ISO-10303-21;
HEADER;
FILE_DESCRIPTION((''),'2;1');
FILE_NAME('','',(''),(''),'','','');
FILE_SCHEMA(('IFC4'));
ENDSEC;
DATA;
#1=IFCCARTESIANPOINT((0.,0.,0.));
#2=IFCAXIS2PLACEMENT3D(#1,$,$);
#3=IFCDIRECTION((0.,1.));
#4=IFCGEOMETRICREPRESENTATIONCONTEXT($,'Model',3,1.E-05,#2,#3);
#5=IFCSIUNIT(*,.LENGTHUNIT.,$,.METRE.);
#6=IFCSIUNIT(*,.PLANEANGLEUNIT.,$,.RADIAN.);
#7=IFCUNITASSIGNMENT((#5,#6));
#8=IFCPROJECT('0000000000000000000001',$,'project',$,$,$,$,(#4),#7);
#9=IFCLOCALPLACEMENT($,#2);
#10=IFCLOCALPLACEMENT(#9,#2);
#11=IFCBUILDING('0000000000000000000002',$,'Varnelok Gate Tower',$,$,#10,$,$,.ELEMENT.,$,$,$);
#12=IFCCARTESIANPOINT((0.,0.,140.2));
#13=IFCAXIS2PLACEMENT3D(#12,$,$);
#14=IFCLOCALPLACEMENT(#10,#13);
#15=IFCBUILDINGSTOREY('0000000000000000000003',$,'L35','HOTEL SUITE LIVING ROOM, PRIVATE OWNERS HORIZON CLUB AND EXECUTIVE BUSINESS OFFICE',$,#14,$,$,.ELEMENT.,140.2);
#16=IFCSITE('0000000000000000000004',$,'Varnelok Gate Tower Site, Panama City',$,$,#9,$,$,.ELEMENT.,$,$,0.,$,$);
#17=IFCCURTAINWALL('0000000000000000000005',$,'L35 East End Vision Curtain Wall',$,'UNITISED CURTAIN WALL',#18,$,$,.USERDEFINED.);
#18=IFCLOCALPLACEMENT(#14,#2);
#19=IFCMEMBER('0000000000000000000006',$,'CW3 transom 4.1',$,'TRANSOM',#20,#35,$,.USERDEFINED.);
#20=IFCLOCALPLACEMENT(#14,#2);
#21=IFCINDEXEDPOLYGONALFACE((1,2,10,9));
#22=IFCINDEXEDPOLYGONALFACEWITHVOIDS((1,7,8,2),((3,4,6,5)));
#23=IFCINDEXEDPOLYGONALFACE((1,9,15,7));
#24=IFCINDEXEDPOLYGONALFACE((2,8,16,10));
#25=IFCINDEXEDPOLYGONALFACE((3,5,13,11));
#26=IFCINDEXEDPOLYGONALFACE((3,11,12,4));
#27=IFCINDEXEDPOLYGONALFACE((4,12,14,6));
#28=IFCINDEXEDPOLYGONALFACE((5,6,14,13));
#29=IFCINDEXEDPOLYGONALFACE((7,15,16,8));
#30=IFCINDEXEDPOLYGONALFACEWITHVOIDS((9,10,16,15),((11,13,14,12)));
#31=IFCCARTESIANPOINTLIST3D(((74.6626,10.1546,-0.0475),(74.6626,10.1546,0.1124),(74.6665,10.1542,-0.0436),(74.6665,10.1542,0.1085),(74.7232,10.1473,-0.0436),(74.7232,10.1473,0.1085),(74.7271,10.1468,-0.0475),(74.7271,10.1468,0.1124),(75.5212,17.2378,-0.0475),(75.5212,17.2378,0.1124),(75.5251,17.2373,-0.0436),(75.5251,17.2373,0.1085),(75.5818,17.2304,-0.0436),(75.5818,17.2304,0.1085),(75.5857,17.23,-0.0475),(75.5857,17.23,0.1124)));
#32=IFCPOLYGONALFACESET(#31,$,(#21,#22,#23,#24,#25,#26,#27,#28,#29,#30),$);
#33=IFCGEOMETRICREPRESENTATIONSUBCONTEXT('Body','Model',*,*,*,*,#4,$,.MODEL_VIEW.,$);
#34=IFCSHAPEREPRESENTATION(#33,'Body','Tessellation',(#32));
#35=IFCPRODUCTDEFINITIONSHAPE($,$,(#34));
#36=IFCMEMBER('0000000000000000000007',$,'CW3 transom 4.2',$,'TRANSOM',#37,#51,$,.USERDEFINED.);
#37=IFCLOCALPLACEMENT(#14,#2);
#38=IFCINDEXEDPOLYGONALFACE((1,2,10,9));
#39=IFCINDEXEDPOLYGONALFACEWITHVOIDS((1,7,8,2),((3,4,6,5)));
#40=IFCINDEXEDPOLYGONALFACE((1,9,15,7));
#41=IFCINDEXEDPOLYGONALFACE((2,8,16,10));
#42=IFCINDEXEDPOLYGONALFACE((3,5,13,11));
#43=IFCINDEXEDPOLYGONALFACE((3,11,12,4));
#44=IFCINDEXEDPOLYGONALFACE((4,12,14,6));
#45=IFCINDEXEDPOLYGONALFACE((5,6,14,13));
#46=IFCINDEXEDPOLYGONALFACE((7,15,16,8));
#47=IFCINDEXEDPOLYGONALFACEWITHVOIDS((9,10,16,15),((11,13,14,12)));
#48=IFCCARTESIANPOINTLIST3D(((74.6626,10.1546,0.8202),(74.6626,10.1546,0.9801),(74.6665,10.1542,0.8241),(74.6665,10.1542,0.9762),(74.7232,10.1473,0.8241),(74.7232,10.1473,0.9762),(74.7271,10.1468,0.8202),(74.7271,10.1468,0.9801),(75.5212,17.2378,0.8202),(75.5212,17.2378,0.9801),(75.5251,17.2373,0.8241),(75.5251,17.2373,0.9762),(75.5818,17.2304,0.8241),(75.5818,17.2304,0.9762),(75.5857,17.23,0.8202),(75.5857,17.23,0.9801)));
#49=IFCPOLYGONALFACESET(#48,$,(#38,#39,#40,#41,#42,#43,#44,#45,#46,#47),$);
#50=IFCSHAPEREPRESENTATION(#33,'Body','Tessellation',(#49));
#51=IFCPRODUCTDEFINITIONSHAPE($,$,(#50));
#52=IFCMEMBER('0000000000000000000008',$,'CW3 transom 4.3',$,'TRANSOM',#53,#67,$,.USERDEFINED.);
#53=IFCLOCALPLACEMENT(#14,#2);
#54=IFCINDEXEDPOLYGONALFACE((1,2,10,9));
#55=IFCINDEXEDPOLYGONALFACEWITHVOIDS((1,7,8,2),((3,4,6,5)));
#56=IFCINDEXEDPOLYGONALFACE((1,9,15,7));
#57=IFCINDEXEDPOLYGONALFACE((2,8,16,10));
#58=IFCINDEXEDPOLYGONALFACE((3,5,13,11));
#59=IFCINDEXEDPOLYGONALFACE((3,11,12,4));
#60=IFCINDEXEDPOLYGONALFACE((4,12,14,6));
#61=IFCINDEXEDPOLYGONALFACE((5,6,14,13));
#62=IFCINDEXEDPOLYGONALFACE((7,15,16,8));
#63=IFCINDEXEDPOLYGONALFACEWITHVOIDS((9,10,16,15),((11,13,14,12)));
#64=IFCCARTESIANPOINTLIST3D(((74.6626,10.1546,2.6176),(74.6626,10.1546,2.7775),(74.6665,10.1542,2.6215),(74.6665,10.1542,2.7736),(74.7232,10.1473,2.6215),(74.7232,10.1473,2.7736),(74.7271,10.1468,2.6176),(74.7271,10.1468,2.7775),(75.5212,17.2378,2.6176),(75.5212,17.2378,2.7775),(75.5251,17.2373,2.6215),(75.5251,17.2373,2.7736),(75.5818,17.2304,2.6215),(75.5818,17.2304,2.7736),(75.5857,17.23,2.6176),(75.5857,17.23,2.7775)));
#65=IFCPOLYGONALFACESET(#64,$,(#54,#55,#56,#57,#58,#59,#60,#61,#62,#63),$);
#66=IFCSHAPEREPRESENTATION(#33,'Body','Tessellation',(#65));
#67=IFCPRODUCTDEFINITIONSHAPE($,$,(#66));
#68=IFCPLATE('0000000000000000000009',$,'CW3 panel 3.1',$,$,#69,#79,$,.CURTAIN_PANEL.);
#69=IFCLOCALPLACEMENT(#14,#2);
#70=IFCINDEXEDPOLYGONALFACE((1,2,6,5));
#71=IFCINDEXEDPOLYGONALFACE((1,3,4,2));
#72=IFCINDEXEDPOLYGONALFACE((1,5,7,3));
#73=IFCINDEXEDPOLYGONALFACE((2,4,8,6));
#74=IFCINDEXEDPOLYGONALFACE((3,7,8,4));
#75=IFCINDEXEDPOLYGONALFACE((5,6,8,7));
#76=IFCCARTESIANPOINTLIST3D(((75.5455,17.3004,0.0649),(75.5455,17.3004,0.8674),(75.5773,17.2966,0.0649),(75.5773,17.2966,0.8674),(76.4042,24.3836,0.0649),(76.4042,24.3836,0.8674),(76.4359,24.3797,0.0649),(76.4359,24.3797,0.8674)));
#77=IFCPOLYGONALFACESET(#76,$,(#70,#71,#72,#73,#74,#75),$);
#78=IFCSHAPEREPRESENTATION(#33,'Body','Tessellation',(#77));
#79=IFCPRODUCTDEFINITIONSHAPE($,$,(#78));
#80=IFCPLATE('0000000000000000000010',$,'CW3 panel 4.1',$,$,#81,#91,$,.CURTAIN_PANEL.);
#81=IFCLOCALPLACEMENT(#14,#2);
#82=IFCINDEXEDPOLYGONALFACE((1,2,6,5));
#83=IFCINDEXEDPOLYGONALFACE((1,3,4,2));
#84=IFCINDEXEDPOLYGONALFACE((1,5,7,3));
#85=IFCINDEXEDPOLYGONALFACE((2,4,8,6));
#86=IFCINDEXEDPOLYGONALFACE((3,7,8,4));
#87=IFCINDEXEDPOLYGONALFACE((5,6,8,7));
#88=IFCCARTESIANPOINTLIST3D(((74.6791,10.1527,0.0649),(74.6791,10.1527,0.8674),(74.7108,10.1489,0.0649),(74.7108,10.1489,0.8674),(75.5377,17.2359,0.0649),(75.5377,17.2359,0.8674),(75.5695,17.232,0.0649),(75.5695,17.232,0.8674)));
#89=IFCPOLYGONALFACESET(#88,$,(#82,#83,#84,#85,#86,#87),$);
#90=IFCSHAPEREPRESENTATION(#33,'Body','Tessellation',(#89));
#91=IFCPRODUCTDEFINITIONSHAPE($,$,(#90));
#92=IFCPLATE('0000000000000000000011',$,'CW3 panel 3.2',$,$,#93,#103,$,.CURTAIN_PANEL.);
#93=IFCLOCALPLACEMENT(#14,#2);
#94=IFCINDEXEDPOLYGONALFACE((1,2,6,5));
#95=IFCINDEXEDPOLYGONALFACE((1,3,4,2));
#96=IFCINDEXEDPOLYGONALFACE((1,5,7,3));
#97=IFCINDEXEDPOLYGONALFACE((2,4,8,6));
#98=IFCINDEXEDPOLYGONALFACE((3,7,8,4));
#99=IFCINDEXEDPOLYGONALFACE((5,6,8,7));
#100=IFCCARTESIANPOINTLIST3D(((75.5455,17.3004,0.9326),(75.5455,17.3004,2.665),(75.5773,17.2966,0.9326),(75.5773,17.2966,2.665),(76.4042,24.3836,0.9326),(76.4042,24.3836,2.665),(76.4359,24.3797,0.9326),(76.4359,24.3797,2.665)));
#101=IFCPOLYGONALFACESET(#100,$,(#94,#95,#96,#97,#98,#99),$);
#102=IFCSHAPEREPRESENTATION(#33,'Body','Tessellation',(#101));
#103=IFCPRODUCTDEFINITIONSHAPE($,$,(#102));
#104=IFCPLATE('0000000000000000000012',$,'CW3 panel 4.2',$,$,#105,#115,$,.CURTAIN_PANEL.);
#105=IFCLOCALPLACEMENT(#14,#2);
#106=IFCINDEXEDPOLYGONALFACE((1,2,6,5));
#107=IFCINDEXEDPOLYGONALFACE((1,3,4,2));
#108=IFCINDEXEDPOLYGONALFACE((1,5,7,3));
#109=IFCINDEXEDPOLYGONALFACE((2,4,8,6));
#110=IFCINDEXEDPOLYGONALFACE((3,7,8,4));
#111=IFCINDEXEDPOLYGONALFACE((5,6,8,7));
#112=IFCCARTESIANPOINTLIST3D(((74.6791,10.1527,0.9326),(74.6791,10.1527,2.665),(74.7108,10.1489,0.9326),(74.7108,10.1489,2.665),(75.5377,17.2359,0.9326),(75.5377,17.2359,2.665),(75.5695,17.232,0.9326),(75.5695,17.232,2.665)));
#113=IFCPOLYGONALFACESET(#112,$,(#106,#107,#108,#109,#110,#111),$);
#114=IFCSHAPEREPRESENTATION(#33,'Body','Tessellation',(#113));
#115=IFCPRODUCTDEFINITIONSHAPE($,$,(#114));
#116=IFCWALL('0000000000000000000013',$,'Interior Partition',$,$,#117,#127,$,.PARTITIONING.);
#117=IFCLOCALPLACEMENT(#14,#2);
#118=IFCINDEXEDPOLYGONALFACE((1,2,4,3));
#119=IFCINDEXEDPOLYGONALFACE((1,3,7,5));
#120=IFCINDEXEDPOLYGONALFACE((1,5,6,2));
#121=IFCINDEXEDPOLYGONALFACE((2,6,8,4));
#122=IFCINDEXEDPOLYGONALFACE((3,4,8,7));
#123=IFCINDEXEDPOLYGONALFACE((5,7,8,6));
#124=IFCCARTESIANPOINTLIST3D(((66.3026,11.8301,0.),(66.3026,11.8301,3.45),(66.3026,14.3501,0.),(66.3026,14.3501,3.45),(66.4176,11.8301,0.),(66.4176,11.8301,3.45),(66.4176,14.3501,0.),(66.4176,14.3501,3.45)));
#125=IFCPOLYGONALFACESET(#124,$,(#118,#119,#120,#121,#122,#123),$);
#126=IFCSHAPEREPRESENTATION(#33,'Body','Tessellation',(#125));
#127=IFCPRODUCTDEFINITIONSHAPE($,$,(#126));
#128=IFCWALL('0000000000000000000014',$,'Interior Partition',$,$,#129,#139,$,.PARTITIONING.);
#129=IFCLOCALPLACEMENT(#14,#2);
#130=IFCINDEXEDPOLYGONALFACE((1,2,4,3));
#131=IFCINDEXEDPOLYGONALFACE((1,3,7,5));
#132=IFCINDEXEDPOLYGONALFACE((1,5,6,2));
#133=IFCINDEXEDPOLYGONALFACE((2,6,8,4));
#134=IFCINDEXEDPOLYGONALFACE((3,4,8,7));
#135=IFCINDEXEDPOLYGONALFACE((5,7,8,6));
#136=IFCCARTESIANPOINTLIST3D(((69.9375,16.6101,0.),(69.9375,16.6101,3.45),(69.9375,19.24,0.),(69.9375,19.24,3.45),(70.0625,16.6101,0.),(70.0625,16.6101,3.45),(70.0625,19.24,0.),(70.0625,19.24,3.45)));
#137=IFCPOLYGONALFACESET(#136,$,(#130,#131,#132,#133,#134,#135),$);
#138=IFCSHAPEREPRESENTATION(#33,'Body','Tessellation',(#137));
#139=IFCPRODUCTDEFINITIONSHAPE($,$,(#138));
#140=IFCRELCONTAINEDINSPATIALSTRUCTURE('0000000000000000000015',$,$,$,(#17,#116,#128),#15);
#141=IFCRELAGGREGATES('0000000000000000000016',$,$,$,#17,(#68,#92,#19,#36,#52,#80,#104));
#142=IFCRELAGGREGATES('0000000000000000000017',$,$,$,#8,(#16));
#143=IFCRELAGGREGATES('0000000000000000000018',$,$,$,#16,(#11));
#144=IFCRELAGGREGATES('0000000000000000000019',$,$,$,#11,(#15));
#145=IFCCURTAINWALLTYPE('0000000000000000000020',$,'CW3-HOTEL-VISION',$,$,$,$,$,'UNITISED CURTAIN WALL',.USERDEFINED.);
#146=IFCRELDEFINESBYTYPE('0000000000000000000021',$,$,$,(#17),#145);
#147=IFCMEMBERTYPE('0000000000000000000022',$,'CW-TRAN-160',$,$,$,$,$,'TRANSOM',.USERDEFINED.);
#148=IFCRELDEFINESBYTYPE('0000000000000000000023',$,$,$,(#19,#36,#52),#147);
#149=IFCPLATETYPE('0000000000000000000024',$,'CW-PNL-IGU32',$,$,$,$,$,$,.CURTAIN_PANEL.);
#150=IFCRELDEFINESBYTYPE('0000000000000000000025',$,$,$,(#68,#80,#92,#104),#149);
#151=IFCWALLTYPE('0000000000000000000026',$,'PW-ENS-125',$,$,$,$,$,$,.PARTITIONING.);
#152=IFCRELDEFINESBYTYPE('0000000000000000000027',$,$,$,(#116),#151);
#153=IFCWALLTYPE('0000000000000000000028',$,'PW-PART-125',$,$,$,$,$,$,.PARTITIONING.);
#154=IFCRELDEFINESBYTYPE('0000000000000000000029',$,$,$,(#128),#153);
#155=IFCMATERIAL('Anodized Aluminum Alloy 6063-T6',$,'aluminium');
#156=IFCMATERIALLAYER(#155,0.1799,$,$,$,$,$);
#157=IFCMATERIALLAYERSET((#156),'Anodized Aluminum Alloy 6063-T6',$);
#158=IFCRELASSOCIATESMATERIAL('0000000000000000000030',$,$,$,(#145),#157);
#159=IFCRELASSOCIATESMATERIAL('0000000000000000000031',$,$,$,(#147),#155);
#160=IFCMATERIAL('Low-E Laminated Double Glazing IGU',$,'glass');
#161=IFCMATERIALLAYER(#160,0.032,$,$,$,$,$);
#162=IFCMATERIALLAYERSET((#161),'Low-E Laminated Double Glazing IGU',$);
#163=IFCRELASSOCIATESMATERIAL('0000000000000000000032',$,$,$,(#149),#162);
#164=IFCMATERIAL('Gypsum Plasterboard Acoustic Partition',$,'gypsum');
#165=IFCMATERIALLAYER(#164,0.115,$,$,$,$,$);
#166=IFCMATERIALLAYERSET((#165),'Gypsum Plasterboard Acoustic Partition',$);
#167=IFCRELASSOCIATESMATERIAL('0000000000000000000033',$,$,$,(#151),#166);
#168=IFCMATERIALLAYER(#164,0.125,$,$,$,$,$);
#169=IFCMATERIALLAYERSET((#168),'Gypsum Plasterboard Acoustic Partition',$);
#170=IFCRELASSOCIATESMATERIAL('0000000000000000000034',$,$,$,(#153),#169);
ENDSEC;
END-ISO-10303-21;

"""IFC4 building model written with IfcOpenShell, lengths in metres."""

from ifc_helpers import new_model, si_unit, direction, frame, frame_2d, origin, origin_2d, place, context, subcontext, project, spatial, rectangle, hollow_rectangle, extrude, source, transform, mapped, material, layer, layer_set, material_profile, profile_set, type_object, element, aggregate, save


model = new_model("IFC4")

# Units and contexts
model_context = context("Model", 3, precision=1e-05, world=origin(), true_north=direction((0.0, 1.0)))
body_context = subcontext(model_context, "Body", "Model", "MODEL_VIEW")
ifc_project = project(units=[si_unit("LENGTHUNIT", "METRE"), si_unit("PLANEANGLEUNIT", "RADIAN")], contexts=[model_context])

# Site, building, storey
site_placement = place(None, origin())
site = spatial("IfcSite", under=ifc_project, at=site_placement, Name="Varnelok Gate Tower Site, Panama City", CompositionType="ELEMENT", RefElevation=0.0)
building_placement = place(site_placement, origin())
building = spatial("IfcBuilding", under=site, at=building_placement, Name="Varnelok Gate Tower", CompositionType="ELEMENT")
storey_placement = place(building_placement, frame((0.0, 0.0, 140.2)))
storey = spatial("IfcBuildingStorey", under=building, at=storey_placement, Name="L35", Description="HOTEL SUITE LIVING ROOM, PRIVATE OWNERS HORIZON CLUB AND EXECUTIVE BUSINESS OFFICE", CompositionType="ELEMENT", Elevation=140.2)

# Curtain wall, members, plates
ifc_material_1 = material(Name="Anodized Aluminum Alloy 6063-T6", Category="aluminium")
ifc_layer_1 = layer(ifc_material_1, 0.1799)
ifc_layer_set_1 = layer_set([ifc_layer_1], Name="Anodized Aluminum Alloy 6063-T6")
curtain_wall_type = type_object("IfcCurtainWallType", Name="CW3-HOTEL-VISION", ElementType="UNITISED CURTAIN WALL", PredefinedType="USERDEFINED", material=ifc_layer_set_1)
curtain_wall_placement = place(storey_placement, origin())
curtain_wall = element("IfcCurtainWall", 1, at=curtain_wall_placement, inside=storey, type_object=curtain_wall_type, Name="L35 East End Vision Curtain Wall", ObjectType="UNITISED CURTAIN WALL", PredefinedType="USERDEFINED")
ifc_material_profile_1 = material_profile(ifc_material_1, hollow_rectangle(XDim=0.0649, YDim=0.1599, WallThickness=0.0039, at=origin_2d()), Name="ALU160X65X4")
ifc_profile_set_1 = profile_set([ifc_material_profile_1], Name="Anodized Aluminum Alloy 6063-T6")
member_type_1 = type_object("IfcMemberType", Name="CW-TRAN-160", ElementType="TRANSOM", PredefinedType="USERDEFINED", material=ifc_profile_set_1)
member_1_placement = place(storey_placement, frame((75.5535, 17.2339, 0.0325), z_axis=(-0.120341, -0.992733, 0.0), x_axis=(0.992733, -0.120341, 0.0)))
member_1 = element("IfcMember", 2, at=member_1_placement, type_object=member_type_1, Name="CW3 transom 4.1", ObjectType="TRANSOM", PredefinedType="USERDEFINED", context=body_context, shape_type="SweptSolid", body=[
    extrude(hollow_rectangle(XDim=0.0649, YDim=0.1599, WallThickness=0.0039, at=origin_2d()), origin(), (0.0, 0.0, 1.0), 7.135),
])
member_2_placement = place(storey_placement, frame((75.5535, 17.2339, 0.9001), z_axis=(-0.120341, -0.992733, 0.0), x_axis=(0.992733, -0.120341, 0.0)))
member_2 = element("IfcMember", 3, at=member_2_placement, type_object=member_type_1, Name="CW3 transom 4.2", ObjectType="TRANSOM", PredefinedType="USERDEFINED", context=body_context, shape_type="SweptSolid", body=[
    extrude(hollow_rectangle(XDim=0.0649, YDim=0.1599, WallThickness=0.0039, at=origin_2d()), origin(), (0.0, 0.0, 1.0), 7.135),
])
member_3_placement = place(storey_placement, frame((75.5535, 17.2339, 2.6975), z_axis=(-0.120341, -0.992733, 0.0), x_axis=(0.992733, -0.120341, 0.0)))
member_3 = element("IfcMember", 4, at=member_3_placement, type_object=member_type_1, Name="CW3 transom 4.3", ObjectType="TRANSOM", PredefinedType="USERDEFINED", context=body_context, shape_type="SweptSolid", body=[
    extrude(hollow_rectangle(XDim=0.0649, YDim=0.1599, WallThickness=0.0039, at=origin_2d()), origin(), (0.0, 0.0, 1.0), 7.135),
])
ifc_material_2 = material(Name="Low-E Laminated Double Glazing IGU", Category="glass")
ifc_layer_2 = layer(ifc_material_2, 0.032)
ifc_layer_set_2 = layer_set([ifc_layer_2], Name="Low-E Laminated Double Glazing IGU")
plate_type = type_object("IfcPlateType", Name="CW-PNL-IGU32", PredefinedType="CURTAIN_PANEL", material=ifc_layer_set_2)
shared_shape_1 = source(origin(), body_context, "Body", "SweptSolid", [
    extrude(rectangle(XDim=7.135, YDim=0.032, at=origin_2d()), origin(), (0.0, 0.0, 1.0), 0.8025),
])
plate_1_placement = place(storey_placement, frame((75.9907, 20.8401, 0.0649), z_axis=(0.0, 0.0, 1.0), x_axis=(-0.120347, -0.992732, 0.0)))
plate_1 = element("IfcPlate", 5, at=plate_1_placement, type_object=plate_type, Name="CW3 panel 3.1", PredefinedType="CURTAIN_PANEL", context=body_context, shape_type="MappedRepresentation", body=[
    mapped(shared_shape_1, transform((0.0, 0.0, 0.0), scale=1.0)),
])
plate_2_placement = place(storey_placement, frame((75.1243, 13.6924, 0.0649), z_axis=(0.0, 0.0, 1.0), x_axis=(-0.120347, -0.992732, 0.0)))
plate_2 = element("IfcPlate", 6, at=plate_2_placement, type_object=plate_type, Name="CW3 panel 4.1", PredefinedType="CURTAIN_PANEL", context=body_context, shape_type="MappedRepresentation", body=[
    mapped(shared_shape_1, transform((0.0, 0.0, 0.0), scale=1.0)),
])
shared_shape_2 = source(origin(), body_context, "Body", "SweptSolid", [
    extrude(rectangle(XDim=7.135, YDim=0.032, at=origin_2d()), origin(), (0.0, 0.0, 1.0), 1.7324),
])
plate_3_placement = place(storey_placement, frame((75.9907, 20.8401, 0.9326), z_axis=(0.0, 0.0, 1.0), x_axis=(-0.120347, -0.992732, 0.0)))
plate_3 = element("IfcPlate", 7, at=plate_3_placement, type_object=plate_type, Name="CW3 panel 3.2", PredefinedType="CURTAIN_PANEL", context=body_context, shape_type="MappedRepresentation", body=[
    mapped(shared_shape_2, transform((0.0, 0.0, 0.0), scale=1.0)),
])
plate_4_placement = place(storey_placement, frame((75.1243, 13.6924, 0.9326), z_axis=(0.0, 0.0, 1.0), x_axis=(-0.120347, -0.992732, 0.0)))
plate_4 = element("IfcPlate", 8, at=plate_4_placement, type_object=plate_type, Name="CW3 panel 4.2", PredefinedType="CURTAIN_PANEL", context=body_context, shape_type="MappedRepresentation", body=[
    mapped(shared_shape_2, transform((0.0, 0.0, 0.0), scale=1.0)),
])
aggregate(curtain_wall, [plate_1, plate_3, member_1, member_2, member_3, plate_2, plate_4])

# Walls
ifc_material_3 = material(Name="Gypsum Plasterboard Acoustic Partition", Category="gypsum")
ifc_layer_3 = layer(ifc_material_3, 0.115)
ifc_layer_set_3 = layer_set([ifc_layer_3], Name="Gypsum Plasterboard Acoustic Partition")
wall_type_1 = type_object("IfcWallType", Name="PW-ENS-125", PredefinedType="PARTITIONING", material=ifc_layer_set_3)
wall_1_placement = place(storey_placement, frame((66.3601, 11.8301, 0.0), z_axis=(0.0, 0.0, 1.0), x_axis=(0.0, 1.0, 0.0)))
element("IfcWall", 9, at=wall_1_placement, inside=storey, type_object=wall_type_1, Name="Interior Partition", PredefinedType="PARTITIONING", context=body_context, shape_type="SweptSolid", body=[
    extrude(rectangle(XDim=2.52, YDim=0.115, at=frame_2d((1.26, 0.0))), origin(), (0.0, 0.0, 1.0), 3.45),
])
ifc_layer_4 = layer(ifc_material_3, 0.125)
ifc_layer_set_4 = layer_set([ifc_layer_4], Name="Gypsum Plasterboard Acoustic Partition")
wall_type_2 = type_object("IfcWallType", Name="PW-PART-125", PredefinedType="PARTITIONING", material=ifc_layer_set_4)
wall_2_placement = place(storey_placement, frame((70.0, 16.6101, 0.0), z_axis=(0.0, 0.0, 1.0), x_axis=(0.0, 1.0, 0.0)))
element("IfcWall", 10, at=wall_2_placement, inside=storey, type_object=wall_type_2, Name="Interior Partition", PredefinedType="PARTITIONING", context=body_context, shape_type="SweptSolid", body=[
    extrude(rectangle(XDim=2.6299, YDim=0.125, at=frame_2d((1.3149, 0.0))), origin(), (0.0, 0.0, 1.0), 3.45),
])

save(model, "model.ifc")
